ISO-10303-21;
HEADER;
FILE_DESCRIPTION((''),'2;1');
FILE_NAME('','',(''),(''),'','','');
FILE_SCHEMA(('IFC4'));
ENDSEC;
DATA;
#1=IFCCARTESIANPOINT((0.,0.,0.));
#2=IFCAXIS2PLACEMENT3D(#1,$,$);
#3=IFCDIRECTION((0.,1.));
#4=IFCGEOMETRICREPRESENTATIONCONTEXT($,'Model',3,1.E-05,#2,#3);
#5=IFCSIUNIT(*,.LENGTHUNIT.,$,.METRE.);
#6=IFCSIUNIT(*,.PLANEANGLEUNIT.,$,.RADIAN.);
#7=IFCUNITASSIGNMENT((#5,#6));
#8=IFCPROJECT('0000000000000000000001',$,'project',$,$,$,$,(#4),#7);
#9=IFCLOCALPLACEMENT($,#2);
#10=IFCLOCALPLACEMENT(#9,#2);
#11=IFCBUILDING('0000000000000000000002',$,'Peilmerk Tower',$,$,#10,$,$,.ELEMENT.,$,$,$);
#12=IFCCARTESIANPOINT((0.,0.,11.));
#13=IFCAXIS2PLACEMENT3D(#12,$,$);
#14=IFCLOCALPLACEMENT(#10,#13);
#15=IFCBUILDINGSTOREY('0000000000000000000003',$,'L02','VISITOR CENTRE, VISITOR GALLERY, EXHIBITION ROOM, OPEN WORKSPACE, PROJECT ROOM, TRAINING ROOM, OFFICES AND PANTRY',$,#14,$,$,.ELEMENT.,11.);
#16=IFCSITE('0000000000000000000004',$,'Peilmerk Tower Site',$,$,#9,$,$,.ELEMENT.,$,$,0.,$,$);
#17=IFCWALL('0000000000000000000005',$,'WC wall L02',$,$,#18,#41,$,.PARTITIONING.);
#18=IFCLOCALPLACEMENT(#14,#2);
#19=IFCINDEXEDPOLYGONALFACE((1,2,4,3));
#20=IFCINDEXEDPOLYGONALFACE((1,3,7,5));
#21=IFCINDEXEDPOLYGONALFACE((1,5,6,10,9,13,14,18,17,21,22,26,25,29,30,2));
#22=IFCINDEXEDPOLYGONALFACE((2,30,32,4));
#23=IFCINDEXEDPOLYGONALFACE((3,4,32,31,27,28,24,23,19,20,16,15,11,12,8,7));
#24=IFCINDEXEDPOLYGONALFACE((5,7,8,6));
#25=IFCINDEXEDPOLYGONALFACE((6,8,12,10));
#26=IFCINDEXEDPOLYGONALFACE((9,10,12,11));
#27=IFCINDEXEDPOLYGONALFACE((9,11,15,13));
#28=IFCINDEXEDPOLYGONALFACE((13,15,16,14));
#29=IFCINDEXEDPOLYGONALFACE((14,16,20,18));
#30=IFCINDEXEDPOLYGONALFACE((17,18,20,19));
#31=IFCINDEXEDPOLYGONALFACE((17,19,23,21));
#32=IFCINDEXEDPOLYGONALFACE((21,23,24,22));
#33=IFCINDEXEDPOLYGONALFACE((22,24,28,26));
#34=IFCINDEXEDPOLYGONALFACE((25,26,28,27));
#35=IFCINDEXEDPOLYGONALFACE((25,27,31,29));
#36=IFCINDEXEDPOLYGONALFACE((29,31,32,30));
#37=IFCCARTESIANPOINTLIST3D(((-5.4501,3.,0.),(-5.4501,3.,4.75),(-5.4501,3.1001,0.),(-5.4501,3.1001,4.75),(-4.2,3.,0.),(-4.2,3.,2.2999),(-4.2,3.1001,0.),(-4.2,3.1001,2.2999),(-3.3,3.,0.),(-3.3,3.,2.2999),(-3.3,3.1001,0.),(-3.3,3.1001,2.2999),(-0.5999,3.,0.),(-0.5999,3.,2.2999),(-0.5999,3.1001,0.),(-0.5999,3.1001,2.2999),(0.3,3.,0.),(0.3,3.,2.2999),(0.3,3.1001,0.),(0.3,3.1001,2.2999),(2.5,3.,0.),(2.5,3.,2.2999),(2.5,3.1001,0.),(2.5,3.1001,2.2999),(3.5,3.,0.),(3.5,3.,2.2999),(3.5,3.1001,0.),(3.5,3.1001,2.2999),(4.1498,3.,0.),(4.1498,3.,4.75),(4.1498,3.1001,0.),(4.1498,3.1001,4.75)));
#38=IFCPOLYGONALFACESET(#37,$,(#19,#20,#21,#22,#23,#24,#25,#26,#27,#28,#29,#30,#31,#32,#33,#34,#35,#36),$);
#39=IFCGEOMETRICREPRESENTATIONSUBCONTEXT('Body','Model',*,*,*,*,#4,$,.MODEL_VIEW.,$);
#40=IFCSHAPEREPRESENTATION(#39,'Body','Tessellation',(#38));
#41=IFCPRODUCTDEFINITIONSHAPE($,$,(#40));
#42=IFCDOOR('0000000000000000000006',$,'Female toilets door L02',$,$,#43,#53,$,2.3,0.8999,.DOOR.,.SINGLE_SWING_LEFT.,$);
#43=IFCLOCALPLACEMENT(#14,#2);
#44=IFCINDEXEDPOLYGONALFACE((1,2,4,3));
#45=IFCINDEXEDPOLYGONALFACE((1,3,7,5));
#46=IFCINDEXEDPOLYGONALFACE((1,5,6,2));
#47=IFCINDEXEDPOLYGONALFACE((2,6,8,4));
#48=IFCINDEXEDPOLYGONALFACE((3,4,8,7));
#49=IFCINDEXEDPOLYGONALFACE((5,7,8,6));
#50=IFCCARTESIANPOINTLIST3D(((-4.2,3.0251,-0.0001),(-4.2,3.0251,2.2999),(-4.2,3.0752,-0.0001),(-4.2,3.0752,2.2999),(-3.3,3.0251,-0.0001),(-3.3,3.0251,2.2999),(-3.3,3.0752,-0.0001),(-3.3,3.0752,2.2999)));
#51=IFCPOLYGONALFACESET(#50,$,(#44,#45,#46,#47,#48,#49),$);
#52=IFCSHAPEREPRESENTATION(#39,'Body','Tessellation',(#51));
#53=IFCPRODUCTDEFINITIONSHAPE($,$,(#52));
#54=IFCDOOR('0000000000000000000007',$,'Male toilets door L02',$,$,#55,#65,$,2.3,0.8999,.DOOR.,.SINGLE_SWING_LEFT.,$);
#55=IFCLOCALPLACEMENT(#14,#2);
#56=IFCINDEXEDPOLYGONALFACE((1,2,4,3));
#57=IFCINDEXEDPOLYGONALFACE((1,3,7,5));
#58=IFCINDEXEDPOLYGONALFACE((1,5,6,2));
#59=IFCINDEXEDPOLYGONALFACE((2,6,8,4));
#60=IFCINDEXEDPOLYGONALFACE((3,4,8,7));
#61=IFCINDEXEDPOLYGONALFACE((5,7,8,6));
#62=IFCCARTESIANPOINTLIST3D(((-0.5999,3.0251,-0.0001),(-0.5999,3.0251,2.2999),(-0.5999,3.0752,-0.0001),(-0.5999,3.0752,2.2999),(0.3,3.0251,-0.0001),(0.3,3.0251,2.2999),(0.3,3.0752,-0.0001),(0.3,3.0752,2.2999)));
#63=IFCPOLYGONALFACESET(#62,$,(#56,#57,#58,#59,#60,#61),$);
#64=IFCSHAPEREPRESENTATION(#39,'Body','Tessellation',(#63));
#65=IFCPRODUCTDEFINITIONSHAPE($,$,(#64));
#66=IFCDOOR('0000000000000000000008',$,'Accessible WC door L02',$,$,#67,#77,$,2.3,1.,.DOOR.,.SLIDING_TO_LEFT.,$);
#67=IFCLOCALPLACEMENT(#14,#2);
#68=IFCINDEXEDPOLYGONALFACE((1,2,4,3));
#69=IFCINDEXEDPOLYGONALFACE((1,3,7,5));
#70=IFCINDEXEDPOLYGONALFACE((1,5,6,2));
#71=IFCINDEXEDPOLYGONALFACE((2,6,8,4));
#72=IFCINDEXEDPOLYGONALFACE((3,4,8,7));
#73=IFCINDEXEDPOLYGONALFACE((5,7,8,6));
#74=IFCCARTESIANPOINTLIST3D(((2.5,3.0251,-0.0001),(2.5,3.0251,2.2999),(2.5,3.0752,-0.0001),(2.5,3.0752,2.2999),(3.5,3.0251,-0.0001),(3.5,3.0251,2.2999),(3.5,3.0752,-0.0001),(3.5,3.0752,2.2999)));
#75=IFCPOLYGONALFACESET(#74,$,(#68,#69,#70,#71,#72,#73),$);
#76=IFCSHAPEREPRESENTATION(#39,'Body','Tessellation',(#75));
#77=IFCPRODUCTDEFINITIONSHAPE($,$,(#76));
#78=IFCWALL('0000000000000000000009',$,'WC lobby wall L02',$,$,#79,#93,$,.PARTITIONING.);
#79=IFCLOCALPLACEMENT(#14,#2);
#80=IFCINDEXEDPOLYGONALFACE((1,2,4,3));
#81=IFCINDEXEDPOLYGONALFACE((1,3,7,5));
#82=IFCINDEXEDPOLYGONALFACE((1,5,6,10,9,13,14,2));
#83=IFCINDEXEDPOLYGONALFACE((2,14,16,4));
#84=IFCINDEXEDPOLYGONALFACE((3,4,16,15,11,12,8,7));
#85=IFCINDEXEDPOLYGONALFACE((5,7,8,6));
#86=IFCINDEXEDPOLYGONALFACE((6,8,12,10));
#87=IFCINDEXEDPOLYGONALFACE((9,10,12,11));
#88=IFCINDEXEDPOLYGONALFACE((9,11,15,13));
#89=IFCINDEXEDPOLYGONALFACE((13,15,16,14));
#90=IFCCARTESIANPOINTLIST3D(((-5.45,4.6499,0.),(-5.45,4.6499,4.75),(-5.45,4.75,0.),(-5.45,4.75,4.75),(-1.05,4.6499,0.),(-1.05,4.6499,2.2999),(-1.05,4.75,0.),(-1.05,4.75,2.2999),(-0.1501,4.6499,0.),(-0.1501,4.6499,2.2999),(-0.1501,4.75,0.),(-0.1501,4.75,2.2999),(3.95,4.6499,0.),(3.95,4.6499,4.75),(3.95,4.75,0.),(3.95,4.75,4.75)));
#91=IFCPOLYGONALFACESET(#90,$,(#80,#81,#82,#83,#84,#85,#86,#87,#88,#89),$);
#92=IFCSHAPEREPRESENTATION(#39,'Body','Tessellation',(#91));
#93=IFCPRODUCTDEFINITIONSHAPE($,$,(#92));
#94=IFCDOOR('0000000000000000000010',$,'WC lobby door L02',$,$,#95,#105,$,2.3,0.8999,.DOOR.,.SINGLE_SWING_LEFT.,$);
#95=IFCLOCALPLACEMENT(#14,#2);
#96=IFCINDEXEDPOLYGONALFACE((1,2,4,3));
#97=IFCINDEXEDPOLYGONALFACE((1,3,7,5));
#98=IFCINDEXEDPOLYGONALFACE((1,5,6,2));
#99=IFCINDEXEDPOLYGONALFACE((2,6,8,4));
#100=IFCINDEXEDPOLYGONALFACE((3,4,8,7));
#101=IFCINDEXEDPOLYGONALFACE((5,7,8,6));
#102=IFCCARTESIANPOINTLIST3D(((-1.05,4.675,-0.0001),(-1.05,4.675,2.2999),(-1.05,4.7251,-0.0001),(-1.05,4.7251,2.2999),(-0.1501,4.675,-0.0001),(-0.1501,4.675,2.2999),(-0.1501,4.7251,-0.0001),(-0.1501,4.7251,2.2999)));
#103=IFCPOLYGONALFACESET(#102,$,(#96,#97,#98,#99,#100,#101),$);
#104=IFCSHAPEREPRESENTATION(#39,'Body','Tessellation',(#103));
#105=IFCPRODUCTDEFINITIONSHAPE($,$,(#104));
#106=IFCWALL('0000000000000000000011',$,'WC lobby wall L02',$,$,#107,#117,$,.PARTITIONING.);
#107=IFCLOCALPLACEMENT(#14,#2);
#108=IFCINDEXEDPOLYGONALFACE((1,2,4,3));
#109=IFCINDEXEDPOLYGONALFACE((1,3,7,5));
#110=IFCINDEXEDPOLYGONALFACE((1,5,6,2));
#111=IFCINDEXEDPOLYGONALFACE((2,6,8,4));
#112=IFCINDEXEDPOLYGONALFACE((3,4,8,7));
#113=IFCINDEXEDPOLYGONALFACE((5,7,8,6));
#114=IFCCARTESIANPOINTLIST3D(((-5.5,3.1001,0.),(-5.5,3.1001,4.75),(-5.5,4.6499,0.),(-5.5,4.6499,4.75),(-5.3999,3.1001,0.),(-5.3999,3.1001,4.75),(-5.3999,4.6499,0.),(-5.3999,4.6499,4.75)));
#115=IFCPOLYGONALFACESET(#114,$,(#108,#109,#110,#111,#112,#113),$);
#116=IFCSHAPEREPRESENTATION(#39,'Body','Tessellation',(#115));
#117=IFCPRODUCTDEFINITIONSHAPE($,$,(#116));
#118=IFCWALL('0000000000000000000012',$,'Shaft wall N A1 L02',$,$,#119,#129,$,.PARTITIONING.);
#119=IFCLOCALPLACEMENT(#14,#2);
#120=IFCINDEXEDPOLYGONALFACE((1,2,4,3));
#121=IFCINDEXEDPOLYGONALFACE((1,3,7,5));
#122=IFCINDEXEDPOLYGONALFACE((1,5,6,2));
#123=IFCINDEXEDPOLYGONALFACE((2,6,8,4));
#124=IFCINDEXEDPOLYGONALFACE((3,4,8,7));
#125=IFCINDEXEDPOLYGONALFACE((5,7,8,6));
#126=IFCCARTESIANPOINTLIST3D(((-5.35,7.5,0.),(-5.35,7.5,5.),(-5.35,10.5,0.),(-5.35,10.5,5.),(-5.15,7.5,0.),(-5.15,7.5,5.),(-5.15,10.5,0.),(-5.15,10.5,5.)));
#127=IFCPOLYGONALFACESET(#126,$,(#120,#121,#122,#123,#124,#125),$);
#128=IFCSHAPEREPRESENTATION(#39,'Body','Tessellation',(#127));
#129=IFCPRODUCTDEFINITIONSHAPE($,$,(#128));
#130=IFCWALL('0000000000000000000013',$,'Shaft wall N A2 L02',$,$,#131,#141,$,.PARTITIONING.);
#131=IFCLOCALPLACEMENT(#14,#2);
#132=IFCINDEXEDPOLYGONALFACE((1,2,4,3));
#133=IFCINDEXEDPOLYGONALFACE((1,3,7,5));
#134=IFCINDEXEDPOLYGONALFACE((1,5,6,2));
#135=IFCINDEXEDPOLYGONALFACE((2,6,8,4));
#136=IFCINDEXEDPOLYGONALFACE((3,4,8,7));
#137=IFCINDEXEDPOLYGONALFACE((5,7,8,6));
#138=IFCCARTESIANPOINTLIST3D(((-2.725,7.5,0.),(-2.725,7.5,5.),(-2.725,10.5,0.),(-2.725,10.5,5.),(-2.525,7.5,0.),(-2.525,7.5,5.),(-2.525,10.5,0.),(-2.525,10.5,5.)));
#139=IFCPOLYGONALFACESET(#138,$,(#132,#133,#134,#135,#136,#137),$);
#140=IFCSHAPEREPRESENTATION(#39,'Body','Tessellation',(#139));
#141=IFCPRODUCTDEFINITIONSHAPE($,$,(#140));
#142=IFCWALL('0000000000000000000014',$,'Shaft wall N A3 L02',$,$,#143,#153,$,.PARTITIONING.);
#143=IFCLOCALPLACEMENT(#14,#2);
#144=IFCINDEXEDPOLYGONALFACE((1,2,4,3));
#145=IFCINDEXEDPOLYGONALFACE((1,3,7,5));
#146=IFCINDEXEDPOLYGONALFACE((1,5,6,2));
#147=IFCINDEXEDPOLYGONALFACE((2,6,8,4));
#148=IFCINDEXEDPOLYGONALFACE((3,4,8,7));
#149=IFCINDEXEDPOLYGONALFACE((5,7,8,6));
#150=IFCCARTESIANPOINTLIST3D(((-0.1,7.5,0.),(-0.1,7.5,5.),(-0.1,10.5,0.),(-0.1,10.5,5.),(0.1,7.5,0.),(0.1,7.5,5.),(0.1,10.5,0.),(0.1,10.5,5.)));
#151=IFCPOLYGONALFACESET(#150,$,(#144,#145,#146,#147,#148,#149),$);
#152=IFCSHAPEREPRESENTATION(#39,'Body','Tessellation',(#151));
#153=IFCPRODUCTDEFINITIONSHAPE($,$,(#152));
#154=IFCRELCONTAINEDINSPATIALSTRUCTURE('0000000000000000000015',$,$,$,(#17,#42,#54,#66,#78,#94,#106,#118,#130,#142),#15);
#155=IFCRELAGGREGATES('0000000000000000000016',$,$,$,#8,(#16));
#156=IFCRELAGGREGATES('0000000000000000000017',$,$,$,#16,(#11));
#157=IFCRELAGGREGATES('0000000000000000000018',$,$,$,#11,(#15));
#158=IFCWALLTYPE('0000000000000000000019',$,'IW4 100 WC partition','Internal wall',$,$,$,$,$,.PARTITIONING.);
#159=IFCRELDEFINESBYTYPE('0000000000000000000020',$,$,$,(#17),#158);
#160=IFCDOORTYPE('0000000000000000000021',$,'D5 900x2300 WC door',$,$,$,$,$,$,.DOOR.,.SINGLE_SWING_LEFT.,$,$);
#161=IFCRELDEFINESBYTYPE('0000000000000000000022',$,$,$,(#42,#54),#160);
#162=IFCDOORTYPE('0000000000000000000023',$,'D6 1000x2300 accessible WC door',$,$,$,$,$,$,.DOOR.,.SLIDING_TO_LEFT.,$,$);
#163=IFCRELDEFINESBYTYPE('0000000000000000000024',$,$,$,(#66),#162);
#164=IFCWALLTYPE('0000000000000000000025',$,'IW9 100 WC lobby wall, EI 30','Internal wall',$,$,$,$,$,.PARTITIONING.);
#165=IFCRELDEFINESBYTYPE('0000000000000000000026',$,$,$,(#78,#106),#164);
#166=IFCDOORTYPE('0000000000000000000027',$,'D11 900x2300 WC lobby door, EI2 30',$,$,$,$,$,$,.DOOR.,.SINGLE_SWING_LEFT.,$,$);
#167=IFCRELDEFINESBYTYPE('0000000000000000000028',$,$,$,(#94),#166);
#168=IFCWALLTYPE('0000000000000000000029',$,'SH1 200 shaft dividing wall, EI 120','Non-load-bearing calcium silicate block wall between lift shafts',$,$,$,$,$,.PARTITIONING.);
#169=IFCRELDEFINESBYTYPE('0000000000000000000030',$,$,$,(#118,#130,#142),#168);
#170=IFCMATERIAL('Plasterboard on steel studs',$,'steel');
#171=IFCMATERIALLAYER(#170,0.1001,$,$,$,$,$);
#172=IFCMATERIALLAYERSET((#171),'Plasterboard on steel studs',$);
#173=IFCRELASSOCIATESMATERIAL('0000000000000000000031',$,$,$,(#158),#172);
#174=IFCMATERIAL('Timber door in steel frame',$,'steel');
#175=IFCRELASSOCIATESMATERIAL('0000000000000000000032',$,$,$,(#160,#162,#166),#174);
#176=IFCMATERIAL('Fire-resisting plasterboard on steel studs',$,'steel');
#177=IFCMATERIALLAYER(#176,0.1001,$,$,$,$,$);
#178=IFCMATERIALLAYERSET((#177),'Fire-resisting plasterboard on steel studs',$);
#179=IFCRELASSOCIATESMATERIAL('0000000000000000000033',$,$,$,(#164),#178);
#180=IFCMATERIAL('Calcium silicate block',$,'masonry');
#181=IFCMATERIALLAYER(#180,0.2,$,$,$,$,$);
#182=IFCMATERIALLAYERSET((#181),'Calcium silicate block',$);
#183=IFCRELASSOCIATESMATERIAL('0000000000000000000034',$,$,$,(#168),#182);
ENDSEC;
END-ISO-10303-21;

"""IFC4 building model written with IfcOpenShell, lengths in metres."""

from ifc_helpers import new_model, si_unit, direction, frame, frame_2d, origin, place, context, subcontext, project, spatial, rectangle, extrude, material, layer, layer_set, type_object, element, fill, save


model = new_model("IFC4")

# Units and contexts
model_context = context("Model", 3, precision=1e-05, world=origin(), true_north=direction((0.0, 1.0)))
body_context = subcontext(model_context, "Body", "Model", "MODEL_VIEW")
ifc_project = project(units=[si_unit("LENGTHUNIT", "METRE"), si_unit("PLANEANGLEUNIT", "RADIAN")], contexts=[model_context])

# Site, building, storey
site_placement = place(None, origin())
site = spatial("IfcSite", under=ifc_project, at=site_placement, Name="Peilmerk Tower Site", CompositionType="ELEMENT", RefElevation=0.0)
building_placement = place(site_placement, origin())
building = spatial("IfcBuilding", under=site, at=building_placement, Name="Peilmerk Tower", CompositionType="ELEMENT")
storey_placement = place(building_placement, frame((0.0, 0.0, 11.0)))
storey = spatial("IfcBuildingStorey", under=building, at=storey_placement, Name="L02", Description="VISITOR CENTRE, VISITOR GALLERY, EXHIBITION ROOM, OPEN WORKSPACE, PROJECT ROOM, TRAINING ROOM, OFFICES AND PANTRY", CompositionType="ELEMENT", Elevation=11.0)

# Wall, openings, doors
ifc_material_1 = material(Name="Plasterboard on steel studs", Category="steel")
ifc_layer_1 = layer(ifc_material_1, 0.1001)
ifc_layer_set_1 = layer_set([ifc_layer_1], Name="Plasterboard on steel studs")
wall_type_1 = type_object("IfcWallType", Name="IW4 100 WC partition", Description="Internal wall", PredefinedType="PARTITIONING", material=ifc_layer_set_1)
wall_1_placement = place(storey_placement, frame((-5.45, 3.05, 0.0), z_axis=(0.0, 0.0, 1.0), x_axis=(1.0, 0.0, 0.0)))
wall_1 = element("IfcWall", 1, at=wall_1_placement, inside=storey, type_object=wall_type_1, Name="WC wall L02", PredefinedType="PARTITIONING", context=body_context, shape_type="SweptSolid", body=[
    extrude(rectangle(XDim=9.5999, YDim=0.1001, at=frame_2d((4.7998, 0.0))), origin(), (0.0, 0.0, 1.0), 4.75),
])
opening_1_placement = place(wall_1_placement, frame((1.25, 0.0, 0.0)))
opening_1 = element("IfcOpeningElement", 2, at=opening_1_placement, cuts=wall_1, PredefinedType="OPENING", context=body_context, shape_type="SweptSolid", body=[
    extrude(rectangle(XDim=0.8999, YDim=2.3, at=frame_2d((0.45, 1.1499))), frame((0.0, 0.0601, 0.0), z_axis=(0.0, -1.0, 0.0), x_axis=(1.0, 0.0, 0.0)), (0.0, 0.0, 1.0), 0.1201),
])
opening_2_placement = place(wall_1_placement, frame((4.8501, 0.0, 0.0)))
opening_2 = element("IfcOpeningElement", 3, at=opening_2_placement, cuts=wall_1, PredefinedType="OPENING", context=body_context, shape_type="SweptSolid", body=[
    extrude(rectangle(XDim=0.8999, YDim=2.3, at=frame_2d((0.45, 1.1499))), frame((0.0, 0.0601, 0.0), z_axis=(0.0, -1.0, 0.0), x_axis=(1.0, 0.0, 0.0)), (0.0, 0.0, 1.0), 0.1201),
])
opening_3_placement = place(wall_1_placement, frame((7.95, 0.0, 0.0)))
opening_3 = element("IfcOpeningElement", 4, at=opening_3_placement, cuts=wall_1, PredefinedType="OPENING", context=body_context, shape_type="SweptSolid", body=[
    extrude(rectangle(XDim=1.0, YDim=2.3, at=frame_2d((0.5, 1.1499))), frame((0.0, 0.0601, 0.0), z_axis=(0.0, -1.0, 0.0), x_axis=(1.0, 0.0, 0.0)), (0.0, 0.0, 1.0), 0.1201),
])
ifc_material_2 = material(Name="Timber door in steel frame", Category="steel")
door_type_1 = type_object("IfcDoorType", Name="D5 900x2300 WC door", OperationType="SINGLE_SWING_LEFT", PredefinedType="DOOR", material=ifc_material_2)
door_1_placement = place(opening_1_placement, frame((0.8999, 0.0, 0.0), z_axis=(0.0, 0.0, 1.0), x_axis=(-1.0, 0.0, 0.0)))
door_1 = element("IfcDoor", 5, at=door_1_placement, inside=storey, type_object=door_type_1, Name="Female toilets door L02", OperationType="SINGLE_SWING_LEFT", OverallHeight=2.3, OverallWidth=0.8999, PredefinedType="DOOR", context=body_context, shape_type="SweptSolid", body=[
    extrude(rectangle(XDim=0.8999, YDim=2.3, at=frame_2d((0.45, 1.1499))), frame((0.0, 0.0249, 0.0), z_axis=(0.0, -1.0, 0.0), x_axis=(1.0, 0.0, 0.0)), (0.0, 0.0, 1.0), 0.05),
])
fill(opening_1, door_1)
door_2_placement = place(opening_2_placement, frame((0.8999, 0.0, 0.0), z_axis=(0.0, 0.0, 1.0), x_axis=(-1.0, 0.0, 0.0)))
door_2 = element("IfcDoor", 6, at=door_2_placement, inside=storey, type_object=door_type_1, Name="Male toilets door L02", OperationType="SINGLE_SWING_LEFT", OverallHeight=2.3, OverallWidth=0.8999, PredefinedType="DOOR", context=body_context, shape_type="SweptSolid", body=[
    extrude(rectangle(XDim=0.8999, YDim=2.3, at=frame_2d((0.45, 1.1499))), frame((0.0, 0.0249, 0.0), z_axis=(0.0, -1.0, 0.0), x_axis=(1.0, 0.0, 0.0)), (0.0, 0.0, 1.0), 0.05),
])
fill(opening_2, door_2)
door_type_2 = type_object("IfcDoorType", Name="D6 1000x2300 accessible WC door", OperationType="SLIDING_TO_LEFT", PredefinedType="DOOR", material=ifc_material_2)
door_3_placement = place(opening_3_placement, frame((1.0, 0.0, 0.0), z_axis=(0.0, 0.0, 1.0), x_axis=(-1.0, 0.0, 0.0)))
door_3 = element("IfcDoor", 7, at=door_3_placement, inside=storey, type_object=door_type_2, Name="Accessible WC door L02", OperationType="SLIDING_TO_LEFT", OverallHeight=2.3, OverallWidth=1.0, PredefinedType="DOOR", context=body_context, shape_type="SweptSolid", body=[
    extrude(rectangle(XDim=1.0, YDim=2.3, at=frame_2d((0.5, 1.1499))), frame((0.0, 0.0249, 0.0), z_axis=(0.0, -1.0, 0.0), x_axis=(1.0, 0.0, 0.0)), (0.0, 0.0, 1.0), 0.05),
])
fill(opening_3, door_3)

# Wall, opening, door
ifc_material_3 = material(Name="Fire-resisting plasterboard on steel studs", Category="steel")
ifc_layer_2 = layer(ifc_material_3, 0.1001)
ifc_layer_set_2 = layer_set([ifc_layer_2], Name="Fire-resisting plasterboard on steel studs")
wall_type_2 = type_object("IfcWallType", Name="IW9 100 WC lobby wall, EI 30", Description="Internal wall", PredefinedType="PARTITIONING", material=ifc_layer_set_2)
wall_2_placement = place(storey_placement, frame((-5.45, 4.7, 0.0), z_axis=(0.0, 0.0, 1.0), x_axis=(1.0, 0.0, 0.0)))
wall_2 = element("IfcWall", 8, at=wall_2_placement, inside=storey, type_object=wall_type_2, Name="WC lobby wall L02", PredefinedType="PARTITIONING", context=body_context, shape_type="SweptSolid", body=[
    extrude(rectangle(XDim=9.3999, YDim=0.1001, at=frame_2d((4.7, 0.0))), origin(), (0.0, 0.0, 1.0), 4.75),
])
opening_4_placement = place(wall_2_placement, frame((4.3999, 0.0, 0.0)))
opening_4 = element("IfcOpeningElement", 9, at=opening_4_placement, cuts=wall_2, PredefinedType="OPENING", context=body_context, shape_type="SweptSolid", body=[
    extrude(rectangle(XDim=0.8999, YDim=2.3, at=frame_2d((0.45, 1.1499))), frame((0.0, 0.0601, 0.0), z_axis=(0.0, -1.0, 0.0), x_axis=(1.0, 0.0, 0.0)), (0.0, 0.0, 1.0), 0.1201),
])
door_type_3 = type_object("IfcDoorType", Name="D11 900x2300 WC lobby door, EI2 30", OperationType="SINGLE_SWING_LEFT", PredefinedType="DOOR", material=ifc_material_2)
door_4_placement = place(opening_4_placement, frame((0.8999, 0.0, 0.0), z_axis=(0.0, 0.0, 1.0), x_axis=(-1.0, 0.0, 0.0)))
door_4 = element("IfcDoor", 10, at=door_4_placement, inside=storey, type_object=door_type_3, Name="WC lobby door L02", OperationType="SINGLE_SWING_LEFT", OverallHeight=2.3, OverallWidth=0.8999, PredefinedType="DOOR", context=body_context, shape_type="SweptSolid", body=[
    extrude(rectangle(XDim=0.8999, YDim=2.3, at=frame_2d((0.45, 1.1499))), frame((0.0, 0.0249, 0.0), z_axis=(0.0, -1.0, 0.0), x_axis=(1.0, 0.0, 0.0)), (0.0, 0.0, 1.0), 0.05),
])
fill(opening_4, door_4)

# Walls
wall_3_placement = place(storey_placement, frame((-5.45, 3.1001, 0.0), z_axis=(0.0, 0.0, 1.0), x_axis=(0.0, 1.0, 0.0)))
element("IfcWall", 11, at=wall_3_placement, inside=storey, type_object=wall_type_2, Name="WC lobby wall L02", PredefinedType="PARTITIONING", context=body_context, shape_type="SweptSolid", body=[
    extrude(rectangle(XDim=1.5498, YDim=0.1001, at=frame_2d((0.7749, 0.0))), origin(), (0.0, 0.0, 1.0), 4.75),
])
ifc_material_4 = material(Name="Calcium silicate block", Category="masonry")
ifc_layer_3 = layer(ifc_material_4, 0.2)
ifc_layer_set_3 = layer_set([ifc_layer_3], Name="Calcium silicate block")
wall_type_3 = type_object("IfcWallType", Name="SH1 200 shaft dividing wall, EI 120", Description="Non-load-bearing calcium silicate block wall between lift shafts", PredefinedType="PARTITIONING", material=ifc_layer_set_3)
for number, where, z_axis, x_axis, name in (
    (12, (-5.25, 7.5, 0.0), (0.0, 0.0, 1.0), (0.0, 1.0, 0.0), "Shaft wall N A1 L02"),
    (13, (-2.625, 7.5, 0.0), (0.0, 0.0, 1.0), (0.0, 1.0, 0.0), "Shaft wall N A2 L02"),
    (14, (0.0, 7.5, 0.0), (0.0, 0.0, 1.0), (0.0, 1.0, 0.0), "Shaft wall N A3 L02"),
):
    element("IfcWall", number, at=place(storey_placement, frame(where, z_axis=z_axis, x_axis=x_axis)), inside=storey, type_object=wall_type_3, Name=name, PredefinedType="PARTITIONING", context=body_context, shape_type="SweptSolid", body=[
        extrude(rectangle(XDim=3.0, YDim=0.2, at=frame_2d((1.5, 0.0))), origin(), (0.0, 0.0, 1.0), 5.0),
    ])

save(model, "model.ifc")
